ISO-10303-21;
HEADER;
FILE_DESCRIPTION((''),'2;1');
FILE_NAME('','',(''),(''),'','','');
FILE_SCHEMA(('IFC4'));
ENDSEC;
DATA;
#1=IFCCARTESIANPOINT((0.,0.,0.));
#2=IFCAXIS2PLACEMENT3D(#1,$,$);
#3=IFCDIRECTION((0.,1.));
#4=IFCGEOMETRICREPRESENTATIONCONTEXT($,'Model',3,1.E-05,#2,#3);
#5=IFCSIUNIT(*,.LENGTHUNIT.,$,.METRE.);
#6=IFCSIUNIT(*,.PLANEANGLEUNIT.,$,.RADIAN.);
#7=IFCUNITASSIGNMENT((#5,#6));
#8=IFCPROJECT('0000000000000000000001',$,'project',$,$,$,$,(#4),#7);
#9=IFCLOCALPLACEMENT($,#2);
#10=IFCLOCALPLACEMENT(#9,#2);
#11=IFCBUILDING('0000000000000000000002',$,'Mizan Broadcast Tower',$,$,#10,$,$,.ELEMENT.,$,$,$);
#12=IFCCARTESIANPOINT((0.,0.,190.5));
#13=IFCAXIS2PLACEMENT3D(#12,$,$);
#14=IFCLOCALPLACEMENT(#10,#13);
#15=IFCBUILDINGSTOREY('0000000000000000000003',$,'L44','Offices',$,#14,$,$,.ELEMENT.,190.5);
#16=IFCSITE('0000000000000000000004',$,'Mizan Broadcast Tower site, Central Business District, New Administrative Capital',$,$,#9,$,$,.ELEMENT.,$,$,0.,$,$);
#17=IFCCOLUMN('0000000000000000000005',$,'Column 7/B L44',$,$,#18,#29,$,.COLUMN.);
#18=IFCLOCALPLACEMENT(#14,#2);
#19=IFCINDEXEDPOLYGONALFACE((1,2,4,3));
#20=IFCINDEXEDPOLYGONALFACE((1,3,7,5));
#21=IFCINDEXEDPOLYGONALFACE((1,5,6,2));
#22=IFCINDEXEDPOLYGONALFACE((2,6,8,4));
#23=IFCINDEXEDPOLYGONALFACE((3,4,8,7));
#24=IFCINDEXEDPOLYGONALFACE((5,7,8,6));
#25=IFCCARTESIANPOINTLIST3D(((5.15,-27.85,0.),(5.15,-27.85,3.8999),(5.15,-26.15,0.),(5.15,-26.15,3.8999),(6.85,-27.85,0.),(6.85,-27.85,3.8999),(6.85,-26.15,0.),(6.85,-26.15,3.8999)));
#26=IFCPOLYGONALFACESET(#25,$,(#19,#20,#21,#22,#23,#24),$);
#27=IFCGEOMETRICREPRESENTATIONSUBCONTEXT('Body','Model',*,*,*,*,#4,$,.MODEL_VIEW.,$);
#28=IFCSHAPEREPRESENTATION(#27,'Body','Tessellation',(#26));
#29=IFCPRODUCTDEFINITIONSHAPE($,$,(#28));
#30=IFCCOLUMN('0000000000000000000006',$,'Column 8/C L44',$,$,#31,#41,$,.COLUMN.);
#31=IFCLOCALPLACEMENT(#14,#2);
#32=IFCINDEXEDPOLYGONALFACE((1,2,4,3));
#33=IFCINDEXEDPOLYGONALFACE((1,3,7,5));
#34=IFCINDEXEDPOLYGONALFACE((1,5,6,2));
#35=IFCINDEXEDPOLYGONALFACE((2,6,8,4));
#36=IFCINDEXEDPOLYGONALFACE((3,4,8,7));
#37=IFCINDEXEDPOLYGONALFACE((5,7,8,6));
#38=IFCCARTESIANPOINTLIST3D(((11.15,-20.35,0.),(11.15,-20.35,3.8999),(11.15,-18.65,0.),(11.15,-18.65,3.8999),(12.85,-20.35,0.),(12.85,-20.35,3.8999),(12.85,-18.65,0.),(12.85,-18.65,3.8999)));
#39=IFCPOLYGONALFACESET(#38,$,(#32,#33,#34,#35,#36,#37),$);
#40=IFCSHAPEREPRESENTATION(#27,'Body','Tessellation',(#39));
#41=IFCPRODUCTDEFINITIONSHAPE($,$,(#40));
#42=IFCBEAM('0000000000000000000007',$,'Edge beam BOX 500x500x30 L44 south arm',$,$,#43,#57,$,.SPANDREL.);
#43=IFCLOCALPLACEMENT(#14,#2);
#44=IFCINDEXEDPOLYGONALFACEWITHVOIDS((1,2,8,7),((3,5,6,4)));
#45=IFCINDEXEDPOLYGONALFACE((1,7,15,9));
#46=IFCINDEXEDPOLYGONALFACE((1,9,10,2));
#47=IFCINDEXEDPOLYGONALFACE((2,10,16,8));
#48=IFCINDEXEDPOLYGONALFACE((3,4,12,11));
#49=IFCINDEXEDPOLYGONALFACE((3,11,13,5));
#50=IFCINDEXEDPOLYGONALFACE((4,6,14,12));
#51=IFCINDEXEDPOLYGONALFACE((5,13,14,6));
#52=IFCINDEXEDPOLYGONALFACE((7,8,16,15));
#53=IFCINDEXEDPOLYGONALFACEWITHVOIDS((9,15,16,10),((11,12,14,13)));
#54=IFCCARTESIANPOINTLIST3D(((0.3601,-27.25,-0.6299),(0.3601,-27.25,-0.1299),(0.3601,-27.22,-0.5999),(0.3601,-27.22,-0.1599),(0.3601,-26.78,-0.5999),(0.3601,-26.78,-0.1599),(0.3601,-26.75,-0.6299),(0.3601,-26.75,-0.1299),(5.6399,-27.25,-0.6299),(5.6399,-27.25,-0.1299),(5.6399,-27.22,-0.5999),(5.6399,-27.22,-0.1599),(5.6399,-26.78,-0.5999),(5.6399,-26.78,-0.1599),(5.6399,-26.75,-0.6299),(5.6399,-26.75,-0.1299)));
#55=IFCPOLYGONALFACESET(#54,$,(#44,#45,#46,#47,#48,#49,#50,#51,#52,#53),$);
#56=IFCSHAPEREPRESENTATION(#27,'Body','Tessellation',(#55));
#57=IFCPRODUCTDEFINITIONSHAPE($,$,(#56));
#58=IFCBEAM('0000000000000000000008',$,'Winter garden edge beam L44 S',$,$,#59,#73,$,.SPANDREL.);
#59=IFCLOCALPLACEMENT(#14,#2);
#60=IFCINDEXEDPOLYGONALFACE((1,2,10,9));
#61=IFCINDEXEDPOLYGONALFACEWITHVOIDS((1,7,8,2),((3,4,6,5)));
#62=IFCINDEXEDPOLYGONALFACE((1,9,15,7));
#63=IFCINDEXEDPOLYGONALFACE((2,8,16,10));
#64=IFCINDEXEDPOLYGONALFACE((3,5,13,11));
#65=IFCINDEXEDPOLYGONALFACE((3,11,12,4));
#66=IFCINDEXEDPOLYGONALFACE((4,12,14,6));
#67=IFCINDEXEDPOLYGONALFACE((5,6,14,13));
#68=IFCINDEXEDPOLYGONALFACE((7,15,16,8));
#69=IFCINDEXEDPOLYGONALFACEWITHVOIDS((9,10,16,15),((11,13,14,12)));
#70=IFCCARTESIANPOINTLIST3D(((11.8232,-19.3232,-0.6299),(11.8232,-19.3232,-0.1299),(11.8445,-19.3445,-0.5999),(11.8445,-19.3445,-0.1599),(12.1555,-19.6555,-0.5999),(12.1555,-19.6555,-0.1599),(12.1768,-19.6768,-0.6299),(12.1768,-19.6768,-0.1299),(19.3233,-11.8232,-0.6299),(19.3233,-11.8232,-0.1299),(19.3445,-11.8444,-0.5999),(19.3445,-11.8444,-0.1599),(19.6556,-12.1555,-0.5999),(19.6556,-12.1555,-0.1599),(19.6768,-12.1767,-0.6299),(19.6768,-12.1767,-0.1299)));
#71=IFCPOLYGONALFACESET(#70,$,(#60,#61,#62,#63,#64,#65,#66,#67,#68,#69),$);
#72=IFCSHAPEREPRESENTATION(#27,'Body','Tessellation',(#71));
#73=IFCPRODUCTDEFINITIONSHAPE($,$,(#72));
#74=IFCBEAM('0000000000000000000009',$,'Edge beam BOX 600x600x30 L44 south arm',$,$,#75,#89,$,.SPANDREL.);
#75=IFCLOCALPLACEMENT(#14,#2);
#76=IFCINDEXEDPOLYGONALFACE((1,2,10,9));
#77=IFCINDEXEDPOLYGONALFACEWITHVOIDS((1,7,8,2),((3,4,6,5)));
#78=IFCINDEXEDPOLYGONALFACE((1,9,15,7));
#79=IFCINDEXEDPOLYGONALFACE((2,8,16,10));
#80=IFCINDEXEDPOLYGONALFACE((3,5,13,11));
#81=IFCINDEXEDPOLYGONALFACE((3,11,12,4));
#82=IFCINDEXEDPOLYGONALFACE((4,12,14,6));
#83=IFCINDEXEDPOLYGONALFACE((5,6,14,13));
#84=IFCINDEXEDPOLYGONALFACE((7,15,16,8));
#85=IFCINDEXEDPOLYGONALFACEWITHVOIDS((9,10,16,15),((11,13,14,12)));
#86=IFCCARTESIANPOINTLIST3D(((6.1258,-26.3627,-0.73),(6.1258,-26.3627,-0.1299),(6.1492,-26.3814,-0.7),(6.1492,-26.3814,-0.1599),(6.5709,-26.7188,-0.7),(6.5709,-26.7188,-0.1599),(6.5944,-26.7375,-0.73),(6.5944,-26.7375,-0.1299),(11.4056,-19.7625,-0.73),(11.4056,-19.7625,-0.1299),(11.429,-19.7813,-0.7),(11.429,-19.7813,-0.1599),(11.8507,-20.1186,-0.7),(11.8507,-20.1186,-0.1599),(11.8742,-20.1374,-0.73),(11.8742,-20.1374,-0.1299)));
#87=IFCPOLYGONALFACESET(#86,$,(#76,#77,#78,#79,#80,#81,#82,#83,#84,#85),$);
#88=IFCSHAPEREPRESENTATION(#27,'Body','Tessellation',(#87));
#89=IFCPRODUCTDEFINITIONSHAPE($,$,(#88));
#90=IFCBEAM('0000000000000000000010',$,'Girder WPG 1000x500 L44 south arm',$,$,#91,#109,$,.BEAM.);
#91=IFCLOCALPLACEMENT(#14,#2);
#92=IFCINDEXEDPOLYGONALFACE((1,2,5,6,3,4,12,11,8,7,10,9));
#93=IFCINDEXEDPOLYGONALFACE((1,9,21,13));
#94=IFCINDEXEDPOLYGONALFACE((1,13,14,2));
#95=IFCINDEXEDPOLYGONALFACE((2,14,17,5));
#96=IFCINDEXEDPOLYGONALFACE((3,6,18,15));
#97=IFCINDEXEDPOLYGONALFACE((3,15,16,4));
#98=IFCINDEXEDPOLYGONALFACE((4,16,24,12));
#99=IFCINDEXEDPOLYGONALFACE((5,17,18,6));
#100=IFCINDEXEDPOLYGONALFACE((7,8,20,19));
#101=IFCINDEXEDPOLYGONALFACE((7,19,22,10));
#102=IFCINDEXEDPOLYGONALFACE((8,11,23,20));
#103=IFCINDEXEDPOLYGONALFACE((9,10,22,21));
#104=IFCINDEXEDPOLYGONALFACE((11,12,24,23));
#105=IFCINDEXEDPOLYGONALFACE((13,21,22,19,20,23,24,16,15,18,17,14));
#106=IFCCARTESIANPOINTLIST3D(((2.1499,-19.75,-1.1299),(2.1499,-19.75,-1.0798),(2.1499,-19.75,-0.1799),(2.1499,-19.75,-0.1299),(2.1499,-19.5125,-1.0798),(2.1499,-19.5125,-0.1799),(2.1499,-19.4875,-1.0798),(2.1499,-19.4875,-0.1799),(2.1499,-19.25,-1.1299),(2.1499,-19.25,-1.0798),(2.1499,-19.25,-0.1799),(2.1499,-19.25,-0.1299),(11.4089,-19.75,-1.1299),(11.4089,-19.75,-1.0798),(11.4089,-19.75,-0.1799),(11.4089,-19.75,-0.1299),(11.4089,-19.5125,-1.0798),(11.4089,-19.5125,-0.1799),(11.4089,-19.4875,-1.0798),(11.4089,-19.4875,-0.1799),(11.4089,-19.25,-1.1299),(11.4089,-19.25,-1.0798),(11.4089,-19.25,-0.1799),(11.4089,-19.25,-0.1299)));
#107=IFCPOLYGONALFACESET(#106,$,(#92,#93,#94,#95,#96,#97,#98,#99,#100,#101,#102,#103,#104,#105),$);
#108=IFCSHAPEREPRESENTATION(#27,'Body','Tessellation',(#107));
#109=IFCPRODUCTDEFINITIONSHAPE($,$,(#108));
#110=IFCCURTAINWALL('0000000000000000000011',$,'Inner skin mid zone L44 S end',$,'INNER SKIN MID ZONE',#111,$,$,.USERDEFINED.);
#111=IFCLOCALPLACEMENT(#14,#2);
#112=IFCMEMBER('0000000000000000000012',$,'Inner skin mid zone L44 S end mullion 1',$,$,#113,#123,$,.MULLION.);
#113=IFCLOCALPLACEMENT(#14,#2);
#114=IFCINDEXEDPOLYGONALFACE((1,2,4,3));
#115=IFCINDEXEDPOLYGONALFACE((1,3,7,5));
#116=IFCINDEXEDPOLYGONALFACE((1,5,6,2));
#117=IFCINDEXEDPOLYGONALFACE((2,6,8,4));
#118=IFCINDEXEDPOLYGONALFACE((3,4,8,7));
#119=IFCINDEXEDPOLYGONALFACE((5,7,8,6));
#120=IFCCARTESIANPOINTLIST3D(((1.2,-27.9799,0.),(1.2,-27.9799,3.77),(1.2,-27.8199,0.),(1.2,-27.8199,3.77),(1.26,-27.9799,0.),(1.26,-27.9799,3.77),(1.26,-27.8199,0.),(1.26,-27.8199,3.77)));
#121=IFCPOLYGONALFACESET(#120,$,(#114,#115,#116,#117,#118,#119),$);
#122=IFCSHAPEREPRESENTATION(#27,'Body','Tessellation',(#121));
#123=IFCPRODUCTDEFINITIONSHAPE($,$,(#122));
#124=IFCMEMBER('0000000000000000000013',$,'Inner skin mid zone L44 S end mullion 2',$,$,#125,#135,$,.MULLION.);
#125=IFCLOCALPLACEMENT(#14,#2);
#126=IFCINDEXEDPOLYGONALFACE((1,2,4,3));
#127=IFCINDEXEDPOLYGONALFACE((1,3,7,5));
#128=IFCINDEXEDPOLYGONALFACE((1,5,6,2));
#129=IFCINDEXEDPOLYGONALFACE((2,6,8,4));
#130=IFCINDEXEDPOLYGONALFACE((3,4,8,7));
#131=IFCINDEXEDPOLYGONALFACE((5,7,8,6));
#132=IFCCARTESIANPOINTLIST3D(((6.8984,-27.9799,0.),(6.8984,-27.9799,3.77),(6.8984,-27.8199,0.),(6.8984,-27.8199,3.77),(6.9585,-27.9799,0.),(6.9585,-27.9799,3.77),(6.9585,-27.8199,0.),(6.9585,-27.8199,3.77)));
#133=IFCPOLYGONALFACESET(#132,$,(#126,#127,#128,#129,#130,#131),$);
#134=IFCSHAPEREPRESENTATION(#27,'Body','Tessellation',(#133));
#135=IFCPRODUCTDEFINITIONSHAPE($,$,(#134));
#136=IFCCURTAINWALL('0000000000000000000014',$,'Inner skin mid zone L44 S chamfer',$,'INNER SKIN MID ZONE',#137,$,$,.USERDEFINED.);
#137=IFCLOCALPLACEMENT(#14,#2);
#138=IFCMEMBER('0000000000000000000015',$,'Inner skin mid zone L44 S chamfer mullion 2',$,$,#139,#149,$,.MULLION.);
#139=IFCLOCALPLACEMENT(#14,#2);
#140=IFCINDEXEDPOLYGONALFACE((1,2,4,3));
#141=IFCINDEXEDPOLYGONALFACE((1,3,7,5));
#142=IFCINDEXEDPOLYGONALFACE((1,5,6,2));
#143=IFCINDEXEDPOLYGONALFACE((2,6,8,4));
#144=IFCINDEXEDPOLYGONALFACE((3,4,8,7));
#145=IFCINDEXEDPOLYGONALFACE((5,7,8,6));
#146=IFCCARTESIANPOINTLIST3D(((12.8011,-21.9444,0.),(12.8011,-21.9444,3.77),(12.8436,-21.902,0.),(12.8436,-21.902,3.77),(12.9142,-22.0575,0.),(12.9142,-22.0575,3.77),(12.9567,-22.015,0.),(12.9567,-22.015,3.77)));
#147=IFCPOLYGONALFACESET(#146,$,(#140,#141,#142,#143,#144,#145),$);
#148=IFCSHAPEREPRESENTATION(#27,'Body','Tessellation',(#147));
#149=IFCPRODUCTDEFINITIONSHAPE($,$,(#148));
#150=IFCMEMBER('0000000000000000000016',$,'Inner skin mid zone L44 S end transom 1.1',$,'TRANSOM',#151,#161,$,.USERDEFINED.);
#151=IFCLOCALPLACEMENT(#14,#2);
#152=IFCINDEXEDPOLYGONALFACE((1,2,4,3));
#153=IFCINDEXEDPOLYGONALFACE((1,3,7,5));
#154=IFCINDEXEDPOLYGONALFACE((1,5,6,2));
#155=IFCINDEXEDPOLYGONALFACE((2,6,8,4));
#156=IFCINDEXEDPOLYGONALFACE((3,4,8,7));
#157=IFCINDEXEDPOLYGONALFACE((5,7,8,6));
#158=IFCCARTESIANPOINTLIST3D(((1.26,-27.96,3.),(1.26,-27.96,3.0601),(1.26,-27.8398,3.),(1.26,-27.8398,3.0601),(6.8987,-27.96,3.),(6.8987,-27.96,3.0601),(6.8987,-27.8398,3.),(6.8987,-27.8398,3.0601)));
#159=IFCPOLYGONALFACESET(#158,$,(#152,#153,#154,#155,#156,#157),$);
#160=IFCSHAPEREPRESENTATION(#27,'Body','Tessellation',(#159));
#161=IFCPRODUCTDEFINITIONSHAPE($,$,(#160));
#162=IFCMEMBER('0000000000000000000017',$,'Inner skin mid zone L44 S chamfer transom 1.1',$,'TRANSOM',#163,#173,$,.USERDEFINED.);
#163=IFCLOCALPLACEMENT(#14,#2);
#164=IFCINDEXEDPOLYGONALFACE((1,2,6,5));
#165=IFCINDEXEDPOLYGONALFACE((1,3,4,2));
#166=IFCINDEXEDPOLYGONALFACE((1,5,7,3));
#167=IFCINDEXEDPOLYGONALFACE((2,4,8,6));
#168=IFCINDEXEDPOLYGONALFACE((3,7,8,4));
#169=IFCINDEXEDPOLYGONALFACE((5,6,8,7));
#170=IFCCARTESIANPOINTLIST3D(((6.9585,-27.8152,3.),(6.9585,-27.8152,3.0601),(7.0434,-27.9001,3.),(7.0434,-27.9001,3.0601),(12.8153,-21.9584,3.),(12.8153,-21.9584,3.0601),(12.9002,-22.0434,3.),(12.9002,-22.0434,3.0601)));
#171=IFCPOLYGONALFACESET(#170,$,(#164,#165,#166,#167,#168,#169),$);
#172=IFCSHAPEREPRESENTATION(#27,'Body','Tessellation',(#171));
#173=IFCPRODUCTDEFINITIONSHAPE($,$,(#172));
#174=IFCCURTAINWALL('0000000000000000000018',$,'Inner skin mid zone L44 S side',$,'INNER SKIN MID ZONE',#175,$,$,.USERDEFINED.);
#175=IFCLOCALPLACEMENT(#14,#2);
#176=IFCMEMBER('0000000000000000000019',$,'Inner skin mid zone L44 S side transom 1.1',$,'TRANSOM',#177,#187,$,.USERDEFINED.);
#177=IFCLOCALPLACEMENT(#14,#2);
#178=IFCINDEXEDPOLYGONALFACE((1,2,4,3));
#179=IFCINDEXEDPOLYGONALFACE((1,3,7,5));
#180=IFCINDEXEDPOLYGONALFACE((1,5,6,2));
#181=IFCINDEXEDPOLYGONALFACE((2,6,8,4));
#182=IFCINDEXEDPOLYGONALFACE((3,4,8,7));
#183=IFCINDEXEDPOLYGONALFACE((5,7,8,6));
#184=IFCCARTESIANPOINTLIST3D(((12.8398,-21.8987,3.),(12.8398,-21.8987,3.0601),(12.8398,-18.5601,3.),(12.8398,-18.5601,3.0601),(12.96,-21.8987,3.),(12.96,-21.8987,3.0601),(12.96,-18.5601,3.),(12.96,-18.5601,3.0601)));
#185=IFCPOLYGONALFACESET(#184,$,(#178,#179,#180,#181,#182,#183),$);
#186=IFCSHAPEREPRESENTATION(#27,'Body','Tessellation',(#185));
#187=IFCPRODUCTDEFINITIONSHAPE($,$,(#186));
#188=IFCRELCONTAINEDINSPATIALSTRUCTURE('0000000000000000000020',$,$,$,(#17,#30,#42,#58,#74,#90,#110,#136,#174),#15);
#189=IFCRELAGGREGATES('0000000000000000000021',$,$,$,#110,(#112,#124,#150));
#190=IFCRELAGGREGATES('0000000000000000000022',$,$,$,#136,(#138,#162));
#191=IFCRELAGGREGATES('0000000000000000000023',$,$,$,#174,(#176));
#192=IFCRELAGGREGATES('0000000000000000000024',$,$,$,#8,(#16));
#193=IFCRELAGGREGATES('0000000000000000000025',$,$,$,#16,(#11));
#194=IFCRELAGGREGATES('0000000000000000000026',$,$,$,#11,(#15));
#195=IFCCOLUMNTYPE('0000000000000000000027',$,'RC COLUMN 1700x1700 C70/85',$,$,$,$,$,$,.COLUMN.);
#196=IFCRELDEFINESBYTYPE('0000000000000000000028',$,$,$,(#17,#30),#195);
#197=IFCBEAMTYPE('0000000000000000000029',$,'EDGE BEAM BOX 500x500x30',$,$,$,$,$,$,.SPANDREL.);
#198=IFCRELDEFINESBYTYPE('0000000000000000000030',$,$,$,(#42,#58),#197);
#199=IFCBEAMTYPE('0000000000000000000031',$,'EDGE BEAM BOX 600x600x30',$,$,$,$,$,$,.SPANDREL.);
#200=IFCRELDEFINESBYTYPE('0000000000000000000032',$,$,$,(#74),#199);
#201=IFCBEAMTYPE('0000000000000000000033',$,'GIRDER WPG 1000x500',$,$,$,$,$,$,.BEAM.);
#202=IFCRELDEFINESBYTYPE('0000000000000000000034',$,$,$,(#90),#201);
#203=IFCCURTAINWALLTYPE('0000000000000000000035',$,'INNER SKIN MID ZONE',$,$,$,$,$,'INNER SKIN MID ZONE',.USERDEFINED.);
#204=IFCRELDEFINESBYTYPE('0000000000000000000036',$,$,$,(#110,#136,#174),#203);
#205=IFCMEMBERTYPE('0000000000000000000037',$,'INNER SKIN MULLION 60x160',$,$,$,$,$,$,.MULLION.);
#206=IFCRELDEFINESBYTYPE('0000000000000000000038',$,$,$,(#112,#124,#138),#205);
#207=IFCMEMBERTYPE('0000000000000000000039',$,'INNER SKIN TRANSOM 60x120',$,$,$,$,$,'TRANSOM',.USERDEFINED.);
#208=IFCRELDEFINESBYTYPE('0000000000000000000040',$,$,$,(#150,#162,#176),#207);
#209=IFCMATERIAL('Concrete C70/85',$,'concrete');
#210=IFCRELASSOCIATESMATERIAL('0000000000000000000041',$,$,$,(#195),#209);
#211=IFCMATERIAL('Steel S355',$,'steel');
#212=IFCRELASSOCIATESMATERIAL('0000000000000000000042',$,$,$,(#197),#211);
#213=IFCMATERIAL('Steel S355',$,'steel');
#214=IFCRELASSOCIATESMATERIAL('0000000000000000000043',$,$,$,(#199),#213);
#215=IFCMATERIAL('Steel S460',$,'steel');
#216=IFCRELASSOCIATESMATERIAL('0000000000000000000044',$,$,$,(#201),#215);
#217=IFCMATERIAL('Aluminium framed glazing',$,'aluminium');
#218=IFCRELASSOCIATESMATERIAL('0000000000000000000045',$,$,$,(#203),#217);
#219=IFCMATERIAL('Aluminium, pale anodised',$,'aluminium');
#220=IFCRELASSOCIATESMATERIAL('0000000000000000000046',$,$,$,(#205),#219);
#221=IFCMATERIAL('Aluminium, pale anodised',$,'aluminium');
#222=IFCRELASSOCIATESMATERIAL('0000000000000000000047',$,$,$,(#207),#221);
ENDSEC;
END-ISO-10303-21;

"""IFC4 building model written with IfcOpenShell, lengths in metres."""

from ifc_helpers import new_model, si_unit, direction, frame, origin, origin_2d, place, context, subcontext, project, spatial, rectangle, hollow_rectangle, i_section, extrude, material, material_profile, profile_set, type_object, element, aggregate, save


model = new_model("IFC4")

# Units and contexts
model_context = context("Model", 3, precision=1e-05, world=origin(), true_north=direction((0.0, 1.0)))
body_context = subcontext(model_context, "Body", "Model", "MODEL_VIEW")
ifc_project = project(units=[si_unit("LENGTHUNIT", "METRE"), si_unit("PLANEANGLEUNIT", "RADIAN")], contexts=[model_context])

# Site, building, storey
site_placement = place(None, origin())
site = spatial("IfcSite", under=ifc_project, at=site_placement, Name="Mizan Broadcast Tower site, Central Business District, New Administrative Capital", CompositionType="ELEMENT", RefElevation=0.0)
building_placement = place(site_placement, origin())
building = spatial("IfcBuilding", under=site, at=building_placement, Name="Mizan Broadcast Tower", CompositionType="ELEMENT")
storey_placement = place(building_placement, frame((0.0, 0.0, 190.5)))
storey = spatial("IfcBuildingStorey", under=building, at=storey_placement, Name="L44", Description="Offices", CompositionType="ELEMENT", Elevation=190.5)

# Columns
ifc_material_1 = material(Name="Concrete C70/85", Category="concrete")
ifc_material_profile_1 = material_profile(ifc_material_1, rectangle(XDim=1.7, YDim=1.7, at=origin_2d()), Name="RC 1700x1700")
ifc_profile_set_1 = profile_set([ifc_material_profile_1], Name="Concrete C70/85")
column_type = type_object("IfcColumnType", Name="RC COLUMN 1700x1700 C70/85", PredefinedType="COLUMN", material=ifc_profile_set_1)
for number, where, z_axis, x_axis, name in (
    (1, (6.0, -27.0, 0.0), (0.0, 0.0, 1.0), (1.0, 0.0, 0.0), "Column 7/B L44"),
    (2, (12.0, -19.5, 0.0), (0.0, 0.0, 1.0), (1.0, 0.0, 0.0), "Column 8/C L44"),
):
    element("IfcColumn", number, at=place(storey_placement, frame(where, z_axis=z_axis, x_axis=x_axis)), inside=storey, type_object=column_type, Name=name, PredefinedType="COLUMN", context=body_context, shape_type="SweptSolid", body=[
        extrude(rectangle(XDim=1.7, YDim=1.7, at=origin_2d()), origin(), (0.0, 0.0, 1.0), 3.8999),
    ])

# Beams
ifc_material_2 = material(Name="Steel S355", Category="steel")
ifc_material_profile_2 = material_profile(ifc_material_2, hollow_rectangle(XDim=0.5, YDim=0.5, WallThickness=0.03, at=origin_2d()), Name="BOX 500x500x30")
ifc_profile_set_2 = profile_set([ifc_material_profile_2], Name="Steel S355")
beam_type_1 = type_object("IfcBeamType", Name="EDGE BEAM BOX 500x500x30", PredefinedType="SPANDREL", material=ifc_profile_set_2)
beam_1_placement = place(storey_placement, frame((5.6399, -27.0, -0.3799), z_axis=(-1.0, 0.0, 0.0), x_axis=(0.0, -1.0, 0.0)))
element("IfcBeam", 3, at=beam_1_placement, inside=storey, type_object=beam_type_1, Name="Edge beam BOX 500x500x30 L44 south arm", PredefinedType="SPANDREL", context=body_context, shape_type="SweptSolid", body=[
    extrude(hollow_rectangle(XDim=0.5, YDim=0.5, WallThickness=0.03, at=origin_2d()), origin(), (0.0, 0.0, 1.0), 5.2798),
])
beam_2_placement = place(storey_placement, frame((12.0, -19.5, -0.3799), z_axis=(0.707107, 0.707107, 0.0), x_axis=(-0.707107, 0.707107, 0.0)))
element("IfcBeam", 4, at=beam_2_placement, inside=storey, type_object=beam_type_1, Name="Winter garden edge beam L44 S", PredefinedType="SPANDREL", context=body_context, shape_type="SweptSolid", body=[
    extrude(hollow_rectangle(XDim=0.5, YDim=0.5, WallThickness=0.03, at=origin_2d()), origin(), (0.0, 0.0, 1.0), 10.6067),
])
ifc_material_3 = material(Name="Steel S355", Category="steel")
ifc_material_profile_3 = material_profile(ifc_material_3, hollow_rectangle(XDim=0.6001, YDim=0.6001, WallThickness=0.03, at=origin_2d()), Name="BOX 600x600x30")
ifc_profile_set_3 = profile_set([ifc_material_profile_3], Name="Steel S355")
beam_type_2 = type_object("IfcBeamType", Name="EDGE BEAM BOX 600x600x30", PredefinedType="SPANDREL", material=ifc_profile_set_3)
beam_3_placement = place(storey_placement, frame((11.6399, -19.95, -0.4299), z_axis=(-0.624674, -0.780886, 0.0), x_axis=(0.780886, -0.624674, 0.0)))
element("IfcBeam", 5, at=beam_3_placement, inside=storey, type_object=beam_type_2, Name="Edge beam BOX 600x600x30 L44 south arm", PredefinedType="SPANDREL", context=body_context, shape_type="SweptSolid", body=[
    extrude(hollow_rectangle(XDim=0.6001, YDim=0.6001, WallThickness=0.03, at=origin_2d()), origin(), (0.0, 0.0, 1.0), 8.4521),
])
ifc_material_4 = material(Name="Steel S460", Category="steel")
ifc_material_profile_4 = material_profile(ifc_material_4, i_section(OverallWidth=0.5, OverallDepth=1.0, WebThickness=0.0249, FlangeThickness=0.05, at=origin_2d()), Name="WPG 1000x500")
ifc_profile_set_4 = profile_set([ifc_material_profile_4], Name="Steel S460")
beam_type_3 = type_object("IfcBeamType", Name="GIRDER WPG 1000x500", PredefinedType="BEAM", material=ifc_profile_set_4)
beam_4_placement = place(storey_placement, frame((11.4089, -19.5, -0.6299), z_axis=(-1.0, 0.0, 0.0), x_axis=(0.0, -1.0, 0.0)))
element("IfcBeam", 6, at=beam_4_placement, inside=storey, type_object=beam_type_3, Name="Girder WPG 1000x500 L44 south arm", PredefinedType="BEAM", context=body_context, shape_type="SweptSolid", body=[
    extrude(i_section(OverallWidth=0.5, OverallDepth=1.0, WebThickness=0.0249, FlangeThickness=0.05, at=origin_2d()), origin(), (0.0, 0.0, 1.0), 9.259),
])

# Curtain wall, members
ifc_material_5 = material(Name="Aluminium framed glazing", Category="aluminium")
curtain_wall_type_1 = type_object("IfcCurtainWallType", Name="INNER SKIN MID ZONE", ElementType="INNER SKIN MID ZONE", PredefinedType="USERDEFINED", material=ifc_material_5)
curtain_wall_1_placement = place(storey_placement, origin())
curtain_wall_1 = element("IfcCurtainWall", 7, at=curtain_wall_1_placement, inside=storey, type_object=curtain_wall_type_1, Name="Inner skin mid zone L44 S end", ObjectType="INNER SKIN MID ZONE", PredefinedType="USERDEFINED")
ifc_material_6 = material(Name="Aluminium, pale anodised", Category="aluminium")
ifc_material_profile_5 = material_profile(ifc_material_6, rectangle(XDim=0.1599, YDim=0.0601, at=origin_2d()), Name="MULLION 160x60")
ifc_profile_set_5 = profile_set([ifc_material_profile_5], Name="Aluminium, pale anodised")
member_type_1 = type_object("IfcMemberType", Name="INNER SKIN MULLION 60x160", PredefinedType="MULLION", material=ifc_profile_set_5)
member_1_placement = place(storey_placement, frame((1.23, -27.8999, 0.0), z_axis=(0.0, 0.0, 1.0), x_axis=(0.0, 1.0, 0.0)))
member_1 = element("IfcMember", 8, at=member_1_placement, type_object=member_type_1, Name="Inner skin mid zone L44 S end mullion 1", PredefinedType="MULLION", context=body_context, shape_type="SweptSolid", body=[
    extrude(rectangle(XDim=0.1599, YDim=0.0601, at=origin_2d()), origin(), (0.0, 0.0, 1.0), 3.77),
])
member_2_placement = place(storey_placement, frame((6.9285, -27.8999, 0.0), z_axis=(0.0, 0.0, 1.0), x_axis=(0.0, 1.0, 0.0)))
member_2 = element("IfcMember", 9, at=member_2_placement, type_object=member_type_1, Name="Inner skin mid zone L44 S end mullion 2", PredefinedType="MULLION", context=body_context, shape_type="SweptSolid", body=[
    extrude(rectangle(XDim=0.1599, YDim=0.0601, at=origin_2d()), origin(), (0.0, 0.0, 1.0), 3.77),
])

# Curtain wall, member
curtain_wall_2_placement = place(storey_placement, origin())
curtain_wall_2 = element("IfcCurtainWall", 10, at=curtain_wall_2_placement, inside=storey, type_object=curtain_wall_type_1, Name="Inner skin mid zone L44 S chamfer", ObjectType="INNER SKIN MID ZONE", PredefinedType="USERDEFINED")
member_3_placement = place(storey_placement, frame((12.8789, -21.9797, 0.0), z_axis=(0.0, 0.0, 1.0), x_axis=(-0.707107, 0.707107, 0.0)))
member_3 = element("IfcMember", 11, at=member_3_placement, type_object=member_type_1, Name="Inner skin mid zone L44 S chamfer mullion 2", PredefinedType="MULLION", context=body_context, shape_type="SweptSolid", body=[
    extrude(rectangle(XDim=0.1599, YDim=0.0601, at=origin_2d()), origin(), (0.0, 0.0, 1.0), 3.77),
])

# Members
ifc_material_7 = material(Name="Aluminium, pale anodised", Category="aluminium")
ifc_material_profile_6 = material_profile(ifc_material_7, rectangle(XDim=0.1201, YDim=0.0601, at=origin_2d()), Name="TRANSOM 120x60")
ifc_profile_set_6 = profile_set([ifc_material_profile_6], Name="Aluminium, pale anodised")
member_type_2 = type_object("IfcMemberType", Name="INNER SKIN TRANSOM 60x120", ElementType="TRANSOM", PredefinedType="USERDEFINED", material=ifc_profile_set_6)
member_4_placement = place(storey_placement, frame((1.26, -27.8999, 3.03), z_axis=(1.0, 0.0, 0.0), x_axis=(0.0, 1.0, 0.0)))
member_4 = element("IfcMember", 12, at=member_4_placement, type_object=member_type_2, Name="Inner skin mid zone L44 S end transom 1.1", ObjectType="TRANSOM", PredefinedType="USERDEFINED", context=body_context, shape_type="SweptSolid", body=[
    extrude(rectangle(XDim=0.1201, YDim=0.0601, at=origin_2d()), origin(), (0.0, 0.0, 1.0), 5.6387),
])
member_5_placement = place(storey_placement, frame((7.001, -27.8577, 3.03), z_axis=(0.707107, 0.707107, 0.0), x_axis=(-0.707107, 0.707107, 0.0)))
member_5 = element("IfcMember", 13, at=member_5_placement, type_object=member_type_2, Name="Inner skin mid zone L44 S chamfer transom 1.1", ObjectType="TRANSOM", PredefinedType="USERDEFINED", context=body_context, shape_type="SweptSolid", body=[
    extrude(rectangle(XDim=0.1201, YDim=0.0601, at=origin_2d()), origin(), (0.0, 0.0, 1.0), 8.2827),
])

# Curtain wall, member
curtain_wall_3_placement = place(storey_placement, origin())
curtain_wall_3 = element("IfcCurtainWall", 14, at=curtain_wall_3_placement, inside=storey, type_object=curtain_wall_type_1, Name="Inner skin mid zone L44 S side", ObjectType="INNER SKIN MID ZONE", PredefinedType="USERDEFINED")
member_6_placement = place(storey_placement, frame((12.8999, -21.8987, 3.03), z_axis=(0.0, 1.0, 0.0), x_axis=(-1.0, 0.0, 0.0)))
member_6 = element("IfcMember", 15, at=member_6_placement, type_object=member_type_2, Name="Inner skin mid zone L44 S side transom 1.1", ObjectType="TRANSOM", PredefinedType="USERDEFINED", context=body_context, shape_type="SweptSolid", body=[
    extrude(rectangle(XDim=0.1201, YDim=0.0601, at=origin_2d()), origin(), (0.0, 0.0, 1.0), 3.3386),
])

aggregate(curtain_wall_1, [member_1, member_2, member_4])
aggregate(curtain_wall_2, [member_3, member_5])
aggregate(curtain_wall_3, [member_6])

save(model, "model.ifc")
